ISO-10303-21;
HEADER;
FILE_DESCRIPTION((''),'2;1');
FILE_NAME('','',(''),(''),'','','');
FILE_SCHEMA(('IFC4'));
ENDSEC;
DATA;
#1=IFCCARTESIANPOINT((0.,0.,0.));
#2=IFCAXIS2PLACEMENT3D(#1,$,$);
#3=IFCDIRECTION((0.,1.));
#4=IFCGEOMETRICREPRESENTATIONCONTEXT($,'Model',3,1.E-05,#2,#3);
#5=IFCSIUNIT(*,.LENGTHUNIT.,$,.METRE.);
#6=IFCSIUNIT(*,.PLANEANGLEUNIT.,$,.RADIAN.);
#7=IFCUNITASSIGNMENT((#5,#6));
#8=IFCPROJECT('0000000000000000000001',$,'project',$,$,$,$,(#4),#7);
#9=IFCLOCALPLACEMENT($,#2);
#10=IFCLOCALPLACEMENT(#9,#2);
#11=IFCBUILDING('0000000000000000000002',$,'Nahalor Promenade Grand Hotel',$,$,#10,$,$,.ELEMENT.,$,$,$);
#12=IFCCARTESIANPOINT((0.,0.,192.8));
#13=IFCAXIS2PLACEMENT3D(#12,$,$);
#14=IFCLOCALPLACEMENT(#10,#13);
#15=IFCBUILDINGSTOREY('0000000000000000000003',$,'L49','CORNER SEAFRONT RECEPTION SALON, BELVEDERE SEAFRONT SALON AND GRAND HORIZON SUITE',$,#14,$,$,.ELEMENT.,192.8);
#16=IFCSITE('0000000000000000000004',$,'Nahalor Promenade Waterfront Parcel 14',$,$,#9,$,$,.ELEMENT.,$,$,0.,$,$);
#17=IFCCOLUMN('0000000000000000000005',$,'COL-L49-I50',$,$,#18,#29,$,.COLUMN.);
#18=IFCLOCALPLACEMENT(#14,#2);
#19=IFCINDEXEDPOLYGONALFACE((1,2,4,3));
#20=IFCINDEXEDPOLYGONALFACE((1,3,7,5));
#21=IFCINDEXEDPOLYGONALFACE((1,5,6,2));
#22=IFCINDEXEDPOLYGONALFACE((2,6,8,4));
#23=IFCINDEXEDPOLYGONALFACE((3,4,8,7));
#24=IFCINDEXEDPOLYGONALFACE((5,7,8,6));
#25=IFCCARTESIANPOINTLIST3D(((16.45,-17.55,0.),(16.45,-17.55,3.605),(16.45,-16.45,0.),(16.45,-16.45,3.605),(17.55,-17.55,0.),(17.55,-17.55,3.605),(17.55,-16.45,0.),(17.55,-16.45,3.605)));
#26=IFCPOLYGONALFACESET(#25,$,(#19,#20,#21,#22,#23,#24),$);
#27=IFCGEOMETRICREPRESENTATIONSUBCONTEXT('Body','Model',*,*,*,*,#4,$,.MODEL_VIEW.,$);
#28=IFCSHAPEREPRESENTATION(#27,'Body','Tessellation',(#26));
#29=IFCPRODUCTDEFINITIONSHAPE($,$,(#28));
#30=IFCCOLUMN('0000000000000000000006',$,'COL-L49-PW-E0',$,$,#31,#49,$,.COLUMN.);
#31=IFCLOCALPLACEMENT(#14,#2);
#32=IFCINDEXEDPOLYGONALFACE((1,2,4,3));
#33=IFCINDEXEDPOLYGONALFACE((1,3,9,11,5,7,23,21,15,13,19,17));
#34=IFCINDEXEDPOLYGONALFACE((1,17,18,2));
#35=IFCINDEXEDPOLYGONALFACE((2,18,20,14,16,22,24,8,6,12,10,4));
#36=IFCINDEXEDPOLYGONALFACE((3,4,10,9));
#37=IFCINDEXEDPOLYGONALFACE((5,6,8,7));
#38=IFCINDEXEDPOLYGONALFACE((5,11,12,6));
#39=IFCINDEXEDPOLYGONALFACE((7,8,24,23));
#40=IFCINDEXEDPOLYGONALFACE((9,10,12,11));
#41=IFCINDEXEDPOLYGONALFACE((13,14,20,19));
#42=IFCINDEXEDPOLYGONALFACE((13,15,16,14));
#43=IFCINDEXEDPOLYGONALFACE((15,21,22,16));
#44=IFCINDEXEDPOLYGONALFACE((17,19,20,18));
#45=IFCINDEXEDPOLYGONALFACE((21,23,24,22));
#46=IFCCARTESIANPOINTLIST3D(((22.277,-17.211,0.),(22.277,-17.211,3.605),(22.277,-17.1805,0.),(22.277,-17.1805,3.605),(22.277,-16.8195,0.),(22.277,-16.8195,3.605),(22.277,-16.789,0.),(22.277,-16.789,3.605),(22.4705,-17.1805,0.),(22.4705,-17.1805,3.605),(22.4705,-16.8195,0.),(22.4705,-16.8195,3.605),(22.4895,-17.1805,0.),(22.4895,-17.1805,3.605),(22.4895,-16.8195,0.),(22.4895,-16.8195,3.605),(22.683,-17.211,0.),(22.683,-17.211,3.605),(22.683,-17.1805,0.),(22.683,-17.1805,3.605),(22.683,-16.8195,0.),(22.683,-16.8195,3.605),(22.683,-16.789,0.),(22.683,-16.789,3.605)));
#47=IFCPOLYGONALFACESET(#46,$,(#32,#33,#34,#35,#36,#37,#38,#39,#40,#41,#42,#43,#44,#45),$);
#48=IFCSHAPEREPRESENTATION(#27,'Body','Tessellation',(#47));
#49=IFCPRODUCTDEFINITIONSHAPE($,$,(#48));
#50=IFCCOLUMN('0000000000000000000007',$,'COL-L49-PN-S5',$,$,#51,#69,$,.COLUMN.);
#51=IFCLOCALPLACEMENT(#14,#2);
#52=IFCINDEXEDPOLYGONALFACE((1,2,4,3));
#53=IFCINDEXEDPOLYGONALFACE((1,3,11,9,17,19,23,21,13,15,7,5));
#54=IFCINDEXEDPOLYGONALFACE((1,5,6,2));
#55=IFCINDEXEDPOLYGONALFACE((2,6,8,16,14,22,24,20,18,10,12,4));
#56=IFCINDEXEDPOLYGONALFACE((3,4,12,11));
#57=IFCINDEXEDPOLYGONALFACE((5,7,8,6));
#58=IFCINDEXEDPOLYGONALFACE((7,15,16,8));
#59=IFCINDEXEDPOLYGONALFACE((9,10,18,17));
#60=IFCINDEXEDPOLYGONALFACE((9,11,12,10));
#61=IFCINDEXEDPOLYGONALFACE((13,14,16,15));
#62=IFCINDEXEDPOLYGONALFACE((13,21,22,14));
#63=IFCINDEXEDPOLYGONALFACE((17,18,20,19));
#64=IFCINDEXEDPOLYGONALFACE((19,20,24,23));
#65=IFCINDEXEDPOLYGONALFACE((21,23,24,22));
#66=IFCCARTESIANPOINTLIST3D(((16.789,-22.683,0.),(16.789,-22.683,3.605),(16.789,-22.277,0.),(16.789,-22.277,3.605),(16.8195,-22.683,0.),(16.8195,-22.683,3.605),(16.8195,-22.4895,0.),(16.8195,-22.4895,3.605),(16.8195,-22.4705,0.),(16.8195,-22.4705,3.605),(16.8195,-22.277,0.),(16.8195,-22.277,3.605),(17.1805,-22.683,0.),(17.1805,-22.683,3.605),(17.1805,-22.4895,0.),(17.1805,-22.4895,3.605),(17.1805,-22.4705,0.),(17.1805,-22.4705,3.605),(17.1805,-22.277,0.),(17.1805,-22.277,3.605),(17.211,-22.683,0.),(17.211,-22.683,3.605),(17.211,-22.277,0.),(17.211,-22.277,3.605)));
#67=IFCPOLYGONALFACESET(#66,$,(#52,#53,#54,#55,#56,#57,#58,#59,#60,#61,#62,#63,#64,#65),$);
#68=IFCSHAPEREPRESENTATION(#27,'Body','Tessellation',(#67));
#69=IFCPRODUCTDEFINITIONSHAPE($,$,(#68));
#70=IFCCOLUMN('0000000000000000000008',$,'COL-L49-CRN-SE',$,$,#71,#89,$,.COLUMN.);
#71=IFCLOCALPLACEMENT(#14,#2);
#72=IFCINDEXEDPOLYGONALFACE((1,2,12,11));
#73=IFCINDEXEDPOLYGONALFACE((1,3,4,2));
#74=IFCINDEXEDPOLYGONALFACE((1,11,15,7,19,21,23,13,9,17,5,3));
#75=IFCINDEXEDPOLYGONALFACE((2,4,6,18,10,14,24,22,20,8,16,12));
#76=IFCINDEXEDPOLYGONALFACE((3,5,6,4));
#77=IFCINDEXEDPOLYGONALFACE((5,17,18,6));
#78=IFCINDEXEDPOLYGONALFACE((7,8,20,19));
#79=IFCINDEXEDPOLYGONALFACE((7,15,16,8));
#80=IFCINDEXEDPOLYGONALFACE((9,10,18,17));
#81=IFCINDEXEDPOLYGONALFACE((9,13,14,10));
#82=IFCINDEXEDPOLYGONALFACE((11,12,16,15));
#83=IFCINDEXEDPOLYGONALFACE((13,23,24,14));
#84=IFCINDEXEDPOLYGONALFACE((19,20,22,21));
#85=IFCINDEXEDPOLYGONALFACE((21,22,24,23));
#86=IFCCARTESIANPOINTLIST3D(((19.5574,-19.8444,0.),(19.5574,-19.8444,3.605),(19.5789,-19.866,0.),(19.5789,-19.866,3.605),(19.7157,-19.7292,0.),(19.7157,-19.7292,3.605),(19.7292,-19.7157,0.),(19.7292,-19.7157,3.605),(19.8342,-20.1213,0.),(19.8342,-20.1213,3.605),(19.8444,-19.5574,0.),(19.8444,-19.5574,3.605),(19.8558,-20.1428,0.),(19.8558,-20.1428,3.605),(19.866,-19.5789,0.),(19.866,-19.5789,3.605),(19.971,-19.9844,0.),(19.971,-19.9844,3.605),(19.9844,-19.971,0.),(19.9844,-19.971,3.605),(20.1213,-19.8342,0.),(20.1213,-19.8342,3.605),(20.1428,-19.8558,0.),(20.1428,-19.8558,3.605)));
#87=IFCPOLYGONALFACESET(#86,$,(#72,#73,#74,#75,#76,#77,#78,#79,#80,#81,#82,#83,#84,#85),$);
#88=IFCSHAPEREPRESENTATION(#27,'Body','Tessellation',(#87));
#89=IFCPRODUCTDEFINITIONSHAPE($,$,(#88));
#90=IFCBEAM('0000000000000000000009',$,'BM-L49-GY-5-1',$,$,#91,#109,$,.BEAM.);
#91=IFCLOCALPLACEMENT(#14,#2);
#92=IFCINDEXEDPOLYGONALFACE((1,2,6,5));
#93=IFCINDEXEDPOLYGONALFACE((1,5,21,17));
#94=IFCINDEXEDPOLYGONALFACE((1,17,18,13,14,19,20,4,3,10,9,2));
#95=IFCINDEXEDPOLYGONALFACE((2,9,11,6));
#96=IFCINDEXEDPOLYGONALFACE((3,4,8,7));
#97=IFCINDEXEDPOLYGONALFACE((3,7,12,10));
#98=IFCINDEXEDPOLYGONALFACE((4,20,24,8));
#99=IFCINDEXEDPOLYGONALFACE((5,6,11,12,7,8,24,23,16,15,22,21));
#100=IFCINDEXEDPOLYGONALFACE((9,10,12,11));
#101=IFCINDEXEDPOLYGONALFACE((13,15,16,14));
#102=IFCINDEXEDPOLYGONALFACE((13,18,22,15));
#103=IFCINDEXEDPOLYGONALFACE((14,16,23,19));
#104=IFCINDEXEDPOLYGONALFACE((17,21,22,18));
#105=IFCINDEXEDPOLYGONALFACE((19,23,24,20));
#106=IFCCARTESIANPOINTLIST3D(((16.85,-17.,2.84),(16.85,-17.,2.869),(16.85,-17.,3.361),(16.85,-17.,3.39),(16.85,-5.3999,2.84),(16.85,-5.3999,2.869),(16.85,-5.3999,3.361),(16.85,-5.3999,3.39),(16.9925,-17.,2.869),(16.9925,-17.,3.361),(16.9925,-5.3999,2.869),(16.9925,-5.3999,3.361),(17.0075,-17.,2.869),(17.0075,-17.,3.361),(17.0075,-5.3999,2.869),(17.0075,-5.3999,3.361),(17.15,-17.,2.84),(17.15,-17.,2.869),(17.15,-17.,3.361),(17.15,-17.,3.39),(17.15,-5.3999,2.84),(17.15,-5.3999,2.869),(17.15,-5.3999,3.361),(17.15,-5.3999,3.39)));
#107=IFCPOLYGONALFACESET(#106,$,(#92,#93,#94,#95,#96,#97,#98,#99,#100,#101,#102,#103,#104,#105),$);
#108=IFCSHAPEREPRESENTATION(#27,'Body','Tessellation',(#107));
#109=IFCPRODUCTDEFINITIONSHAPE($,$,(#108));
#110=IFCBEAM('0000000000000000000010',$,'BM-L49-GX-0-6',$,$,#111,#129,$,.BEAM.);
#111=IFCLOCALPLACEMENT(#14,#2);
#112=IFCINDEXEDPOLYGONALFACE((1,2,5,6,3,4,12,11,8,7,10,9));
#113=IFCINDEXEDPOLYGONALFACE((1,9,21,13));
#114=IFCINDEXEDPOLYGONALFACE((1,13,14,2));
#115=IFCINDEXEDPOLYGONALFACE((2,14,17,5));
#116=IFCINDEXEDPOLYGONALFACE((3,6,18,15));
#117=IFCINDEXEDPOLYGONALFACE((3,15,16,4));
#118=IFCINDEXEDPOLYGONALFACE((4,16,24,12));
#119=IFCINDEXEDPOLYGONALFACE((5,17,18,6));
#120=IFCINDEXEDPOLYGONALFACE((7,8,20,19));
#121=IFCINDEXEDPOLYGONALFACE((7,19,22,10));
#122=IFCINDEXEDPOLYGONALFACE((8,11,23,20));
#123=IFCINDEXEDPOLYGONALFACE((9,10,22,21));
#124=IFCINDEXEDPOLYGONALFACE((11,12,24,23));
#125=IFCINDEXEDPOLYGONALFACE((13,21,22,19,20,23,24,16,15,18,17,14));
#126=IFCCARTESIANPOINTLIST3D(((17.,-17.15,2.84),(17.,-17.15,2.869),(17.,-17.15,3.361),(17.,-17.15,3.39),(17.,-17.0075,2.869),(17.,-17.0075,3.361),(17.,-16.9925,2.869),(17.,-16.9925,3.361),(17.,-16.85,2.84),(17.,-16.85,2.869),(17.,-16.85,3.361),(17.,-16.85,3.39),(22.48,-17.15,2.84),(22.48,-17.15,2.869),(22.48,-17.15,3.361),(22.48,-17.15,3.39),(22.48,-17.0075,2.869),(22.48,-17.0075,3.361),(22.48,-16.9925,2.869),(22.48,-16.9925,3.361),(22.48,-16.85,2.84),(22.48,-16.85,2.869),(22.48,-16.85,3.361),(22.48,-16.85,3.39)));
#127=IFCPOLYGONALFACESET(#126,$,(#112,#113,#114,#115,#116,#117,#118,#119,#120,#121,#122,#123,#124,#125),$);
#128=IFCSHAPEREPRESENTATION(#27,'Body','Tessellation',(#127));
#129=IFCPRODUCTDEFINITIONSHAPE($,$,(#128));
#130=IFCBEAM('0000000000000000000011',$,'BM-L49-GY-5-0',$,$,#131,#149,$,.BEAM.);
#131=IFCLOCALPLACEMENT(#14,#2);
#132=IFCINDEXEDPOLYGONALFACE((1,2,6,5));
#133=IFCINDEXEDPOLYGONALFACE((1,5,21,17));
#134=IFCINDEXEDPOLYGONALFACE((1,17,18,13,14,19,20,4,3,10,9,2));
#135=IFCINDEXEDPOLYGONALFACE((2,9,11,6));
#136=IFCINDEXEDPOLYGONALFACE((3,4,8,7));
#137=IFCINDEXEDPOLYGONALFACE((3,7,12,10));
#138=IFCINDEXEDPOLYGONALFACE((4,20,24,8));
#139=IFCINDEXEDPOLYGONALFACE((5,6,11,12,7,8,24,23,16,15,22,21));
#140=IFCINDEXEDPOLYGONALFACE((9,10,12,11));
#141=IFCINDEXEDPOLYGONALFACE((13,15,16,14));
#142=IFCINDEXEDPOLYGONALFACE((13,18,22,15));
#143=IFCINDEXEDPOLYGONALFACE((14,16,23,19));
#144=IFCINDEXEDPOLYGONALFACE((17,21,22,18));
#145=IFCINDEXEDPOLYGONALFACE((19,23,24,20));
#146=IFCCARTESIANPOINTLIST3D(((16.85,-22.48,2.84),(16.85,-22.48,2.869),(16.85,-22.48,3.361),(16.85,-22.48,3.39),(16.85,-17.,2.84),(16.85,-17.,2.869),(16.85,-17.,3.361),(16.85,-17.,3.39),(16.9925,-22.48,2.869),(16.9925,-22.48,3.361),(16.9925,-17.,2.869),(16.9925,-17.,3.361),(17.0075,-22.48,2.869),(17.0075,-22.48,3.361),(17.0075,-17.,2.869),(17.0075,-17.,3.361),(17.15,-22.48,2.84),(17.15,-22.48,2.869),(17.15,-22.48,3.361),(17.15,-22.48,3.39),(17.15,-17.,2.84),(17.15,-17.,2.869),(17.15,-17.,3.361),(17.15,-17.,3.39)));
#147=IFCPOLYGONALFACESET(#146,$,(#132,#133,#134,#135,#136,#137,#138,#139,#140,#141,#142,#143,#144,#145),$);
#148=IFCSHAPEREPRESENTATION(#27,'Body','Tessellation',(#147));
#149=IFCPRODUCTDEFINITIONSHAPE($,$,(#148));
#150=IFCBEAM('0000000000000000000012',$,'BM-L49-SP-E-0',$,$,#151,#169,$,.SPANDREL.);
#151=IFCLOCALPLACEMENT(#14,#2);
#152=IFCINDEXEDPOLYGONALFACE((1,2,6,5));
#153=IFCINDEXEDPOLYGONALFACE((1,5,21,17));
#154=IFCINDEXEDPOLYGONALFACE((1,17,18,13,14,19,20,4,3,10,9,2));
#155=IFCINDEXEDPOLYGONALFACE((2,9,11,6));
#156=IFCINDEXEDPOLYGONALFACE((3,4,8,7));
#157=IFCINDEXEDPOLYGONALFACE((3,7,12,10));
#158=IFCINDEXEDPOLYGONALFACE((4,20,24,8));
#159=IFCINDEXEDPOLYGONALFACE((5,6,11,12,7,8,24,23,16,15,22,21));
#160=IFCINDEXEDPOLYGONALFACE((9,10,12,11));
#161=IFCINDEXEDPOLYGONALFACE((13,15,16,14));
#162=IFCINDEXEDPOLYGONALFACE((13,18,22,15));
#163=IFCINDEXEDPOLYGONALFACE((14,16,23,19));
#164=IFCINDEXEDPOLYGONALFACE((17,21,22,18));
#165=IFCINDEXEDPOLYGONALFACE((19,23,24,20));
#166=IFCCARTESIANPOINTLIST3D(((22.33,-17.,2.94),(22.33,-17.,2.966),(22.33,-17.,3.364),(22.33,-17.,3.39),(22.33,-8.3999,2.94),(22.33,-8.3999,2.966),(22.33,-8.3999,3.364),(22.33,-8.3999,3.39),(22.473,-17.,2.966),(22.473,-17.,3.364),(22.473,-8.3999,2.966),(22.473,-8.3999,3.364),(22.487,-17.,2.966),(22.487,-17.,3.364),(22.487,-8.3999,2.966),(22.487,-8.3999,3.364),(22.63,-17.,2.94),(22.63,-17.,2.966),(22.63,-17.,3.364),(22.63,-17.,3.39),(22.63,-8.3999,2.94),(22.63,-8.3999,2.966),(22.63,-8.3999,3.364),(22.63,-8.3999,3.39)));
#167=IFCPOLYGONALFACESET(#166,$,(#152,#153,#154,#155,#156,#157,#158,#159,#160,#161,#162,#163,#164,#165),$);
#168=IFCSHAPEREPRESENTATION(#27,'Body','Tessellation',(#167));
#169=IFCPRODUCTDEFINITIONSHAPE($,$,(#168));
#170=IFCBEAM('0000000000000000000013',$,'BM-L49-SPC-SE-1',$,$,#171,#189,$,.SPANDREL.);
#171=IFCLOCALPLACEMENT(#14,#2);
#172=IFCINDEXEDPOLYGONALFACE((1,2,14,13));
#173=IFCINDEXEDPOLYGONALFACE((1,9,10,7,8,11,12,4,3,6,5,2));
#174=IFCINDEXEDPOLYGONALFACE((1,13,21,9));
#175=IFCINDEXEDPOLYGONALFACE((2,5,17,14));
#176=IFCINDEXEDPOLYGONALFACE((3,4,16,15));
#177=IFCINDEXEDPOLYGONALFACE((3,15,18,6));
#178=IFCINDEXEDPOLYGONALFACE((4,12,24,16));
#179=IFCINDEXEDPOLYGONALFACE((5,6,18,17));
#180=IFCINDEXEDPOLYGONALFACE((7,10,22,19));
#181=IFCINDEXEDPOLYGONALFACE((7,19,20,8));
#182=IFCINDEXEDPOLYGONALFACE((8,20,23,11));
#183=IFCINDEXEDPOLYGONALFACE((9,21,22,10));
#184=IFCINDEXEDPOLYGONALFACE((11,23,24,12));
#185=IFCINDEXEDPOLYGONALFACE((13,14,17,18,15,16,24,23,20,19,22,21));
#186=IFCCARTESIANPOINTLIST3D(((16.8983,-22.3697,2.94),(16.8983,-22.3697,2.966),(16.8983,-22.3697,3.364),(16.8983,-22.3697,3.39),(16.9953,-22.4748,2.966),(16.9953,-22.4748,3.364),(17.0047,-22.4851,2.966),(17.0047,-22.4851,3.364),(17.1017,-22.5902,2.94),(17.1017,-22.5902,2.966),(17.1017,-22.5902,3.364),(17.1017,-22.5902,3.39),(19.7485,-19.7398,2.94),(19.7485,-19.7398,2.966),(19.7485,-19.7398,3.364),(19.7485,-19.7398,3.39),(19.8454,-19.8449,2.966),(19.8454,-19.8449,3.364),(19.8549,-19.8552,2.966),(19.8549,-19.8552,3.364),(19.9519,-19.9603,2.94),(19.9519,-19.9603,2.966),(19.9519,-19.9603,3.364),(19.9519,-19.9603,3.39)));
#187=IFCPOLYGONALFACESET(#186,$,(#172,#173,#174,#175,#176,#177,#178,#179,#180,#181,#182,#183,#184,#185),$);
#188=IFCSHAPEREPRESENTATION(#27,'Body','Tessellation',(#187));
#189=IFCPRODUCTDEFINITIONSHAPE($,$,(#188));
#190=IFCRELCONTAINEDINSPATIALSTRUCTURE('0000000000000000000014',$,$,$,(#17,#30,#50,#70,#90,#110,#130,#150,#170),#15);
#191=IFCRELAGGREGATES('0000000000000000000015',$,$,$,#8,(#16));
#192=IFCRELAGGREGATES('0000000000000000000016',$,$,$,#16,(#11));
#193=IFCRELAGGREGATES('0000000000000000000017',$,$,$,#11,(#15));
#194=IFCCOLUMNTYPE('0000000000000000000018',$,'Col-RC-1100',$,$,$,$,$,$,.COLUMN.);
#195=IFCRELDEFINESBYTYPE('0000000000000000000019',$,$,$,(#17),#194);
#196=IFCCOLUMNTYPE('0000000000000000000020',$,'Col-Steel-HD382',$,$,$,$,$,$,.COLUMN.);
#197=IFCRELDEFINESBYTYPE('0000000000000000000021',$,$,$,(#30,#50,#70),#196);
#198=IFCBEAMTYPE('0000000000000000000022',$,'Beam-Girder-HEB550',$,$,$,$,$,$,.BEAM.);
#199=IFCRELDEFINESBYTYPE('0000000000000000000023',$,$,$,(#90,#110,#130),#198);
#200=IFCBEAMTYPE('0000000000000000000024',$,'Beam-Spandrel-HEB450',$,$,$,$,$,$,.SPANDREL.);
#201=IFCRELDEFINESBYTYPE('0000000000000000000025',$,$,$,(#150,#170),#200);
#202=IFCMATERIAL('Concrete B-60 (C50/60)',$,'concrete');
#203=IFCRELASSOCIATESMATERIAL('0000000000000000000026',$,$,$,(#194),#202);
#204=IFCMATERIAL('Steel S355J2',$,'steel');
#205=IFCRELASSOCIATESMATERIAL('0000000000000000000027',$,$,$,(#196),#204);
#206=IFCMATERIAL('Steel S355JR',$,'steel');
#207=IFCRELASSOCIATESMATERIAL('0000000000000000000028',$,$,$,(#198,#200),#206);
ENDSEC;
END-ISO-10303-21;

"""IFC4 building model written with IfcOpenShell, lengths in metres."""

from ifc_helpers import new_model, si_unit, direction, frame, origin, origin_2d, place, context, subcontext, project, spatial, rectangle, i_section, extrude, source, transform, mapped, material, material_profile, profile_set, type_object, element, save


model = new_model("IFC4")

# Units and contexts
model_context = context("Model", 3, precision=1e-05, world=origin(), true_north=direction((0.0, 1.0)))
body_context = subcontext(model_context, "Body", "Model", "MODEL_VIEW")
ifc_project = project(units=[si_unit("LENGTHUNIT", "METRE"), si_unit("PLANEANGLEUNIT", "RADIAN")], contexts=[model_context])

# Site, building, storey
site_placement = place(None, origin())
site = spatial("IfcSite", under=ifc_project, at=site_placement, Name="Nahalor Promenade Waterfront Parcel 14", CompositionType="ELEMENT", RefElevation=0.0)
building_placement = place(site_placement, origin())
building = spatial("IfcBuilding", under=site, at=building_placement, Name="Nahalor Promenade Grand Hotel", CompositionType="ELEMENT")
storey_placement = place(building_placement, frame((0.0, 0.0, 192.8)))
storey = spatial("IfcBuildingStorey", under=building, at=storey_placement, Name="L49", Description="CORNER SEAFRONT RECEPTION SALON, BELVEDERE SEAFRONT SALON AND GRAND HORIZON SUITE", CompositionType="ELEMENT", Elevation=192.8)

# Columns
ifc_material_1 = material(Name="Concrete B-60 (C50/60)", Category="concrete")
ifc_material_profile_1 = material_profile(ifc_material_1, rectangle(XDim=1.1, YDim=1.1, at=origin_2d()), Name="RC 1100x1100")
ifc_profile_set_1 = profile_set([ifc_material_profile_1], Name="Concrete B-60 (C50/60)")
column_type_1 = type_object("IfcColumnType", Name="Col-RC-1100", PredefinedType="COLUMN", material=ifc_profile_set_1)
shared_shape_1 = source(origin(), body_context, "Body", "SweptSolid", [
    extrude(rectangle(XDim=1.1, YDim=1.1, at=origin_2d()), origin(), (0.0, 0.0, 1.0), 3.605),
])
column_placement = place(storey_placement, frame((17.0, -17.0, 0.0), z_axis=(0.0, 0.0, 1.0), x_axis=(1.0, 0.0, 0.0)))
element("IfcColumn", 1, at=column_placement, inside=storey, type_object=column_type_1, Name="COL-L49-I50", PredefinedType="COLUMN", context=body_context, shape_type="MappedRepresentation", body=[
    mapped(shared_shape_1, transform((0.0, 0.0, 0.0), scale=1.0)),
])
ifc_material_2 = material(Name="Steel S355J2", Category="steel")
ifc_material_profile_2 = material_profile(ifc_material_2, i_section(OverallWidth=0.406, OverallDepth=0.422, WebThickness=0.019, FlangeThickness=0.0305, at=origin_2d()), Name="HD 400x382")
ifc_profile_set_2 = profile_set([ifc_material_profile_2], Name="Steel S355J2")
column_type_2 = type_object("IfcColumnType", Name="Col-Steel-HD382", PredefinedType="COLUMN", material=ifc_profile_set_2)
shared_shape_2 = source(origin(), body_context, "Body", "SweptSolid", [
    extrude(i_section(OverallWidth=0.406, OverallDepth=0.422, WebThickness=0.019, FlangeThickness=0.0305, at=origin_2d()), origin(), (0.0, 0.0, 1.0), 3.605),
])
for number, where, z_axis, x_axis, name in (
    (2, (22.48, -17.0, 0.0), (0.0, 0.0, 1.0), (1.0, 0.0, 0.0), "COL-L49-PW-E0"),
    (3, (17.0, -22.48, 0.0), (0.0, 0.0, 1.0), (0.0, 1.0, 0.0), "COL-L49-PN-S5"),
    (4, (19.8501, -19.8501, 0.0), (0.0, 0.0, 1.0), (0.707107, 0.707107, 0.0), "COL-L49-CRN-SE"),
):
    element("IfcColumn", number, at=place(storey_placement, frame(where, z_axis=z_axis, x_axis=x_axis)), inside=storey, type_object=column_type_2, Name=name, PredefinedType="COLUMN", context=body_context, shape_type="MappedRepresentation", body=[
        mapped(shared_shape_2, transform((0.0, 0.0, 0.0), scale=1.0)),
    ])

# Beams
ifc_material_3 = material(Name="Steel S355JR", Category="steel")
ifc_material_profile_3 = material_profile(ifc_material_3, i_section(OverallWidth=0.3, OverallDepth=0.55, WebThickness=0.015, FlangeThickness=0.029, at=origin_2d()), Name="HEB 550")
ifc_profile_set_3 = profile_set([ifc_material_profile_3], Name="Steel S355JR")
beam_type_1 = type_object("IfcBeamType", Name="Beam-Girder-HEB550", PredefinedType="BEAM", material=ifc_profile_set_3)
shared_shape_3 = source(origin(), body_context, "Body", "SweptSolid", [
    extrude(i_section(OverallWidth=0.3, OverallDepth=0.55, WebThickness=0.015, FlangeThickness=0.029, at=origin_2d()), origin(), (0.0, 0.0, 1.0), 11.6001),
])
beam_1_placement = place(storey_placement, frame((17.0, -17.0, 3.115), z_axis=(0.0, 1.0, 0.0), x_axis=(-1.0, 0.0, 0.0)))
element("IfcBeam", 5, at=beam_1_placement, inside=storey, type_object=beam_type_1, Name="BM-L49-GY-5-1", PredefinedType="BEAM", context=body_context, shape_type="MappedRepresentation", body=[
    mapped(shared_shape_3, transform((0.0, 0.0, 0.0), scale=1.0)),
])
shared_shape_4 = source(origin(), body_context, "Body", "SweptSolid", [
    extrude(i_section(OverallWidth=0.3, OverallDepth=0.55, WebThickness=0.015, FlangeThickness=0.029, at=origin_2d()), origin(), (0.0, 0.0, 1.0), 5.48),
])
for number, where, z_axis, x_axis, name in (
    (6, (17.0, -17.0, 3.115), (1.0, 0.0, 0.0), (0.0, 1.0, 0.0), "BM-L49-GX-0-6"),
    (7, (17.0, -22.48, 3.115), (0.0, 1.0, 0.0), (-1.0, 0.0, 0.0), "BM-L49-GY-5-0"),
):
    element("IfcBeam", number, at=place(storey_placement, frame(where, z_axis=z_axis, x_axis=x_axis)), inside=storey, type_object=beam_type_1, Name=name, PredefinedType="BEAM", context=body_context, shape_type="MappedRepresentation", body=[
        mapped(shared_shape_4, transform((0.0, 0.0, 0.0), scale=1.0)),
    ])
ifc_material_profile_4 = material_profile(ifc_material_3, i_section(OverallWidth=0.3, OverallDepth=0.45, WebThickness=0.014, FlangeThickness=0.026, at=origin_2d()), Name="HEB 450")
ifc_profile_set_4 = profile_set([ifc_material_profile_4], Name="Steel S355JR")
beam_type_2 = type_object("IfcBeamType", Name="Beam-Spandrel-HEB450", PredefinedType="SPANDREL", material=ifc_profile_set_4)
shared_shape_5 = source(origin(), body_context, "Body", "SweptSolid", [
    extrude(i_section(OverallWidth=0.3, OverallDepth=0.45, WebThickness=0.014, FlangeThickness=0.026, at=origin_2d()), origin(), (0.0, 0.0, 1.0), 8.6001),
])
beam_2_placement = place(storey_placement, frame((22.48, -17.0, 3.165), z_axis=(0.0, 1.0, 0.0), x_axis=(-1.0, 0.0, 0.0)))
element("IfcBeam", 8, at=beam_2_placement, inside=storey, type_object=beam_type_2, Name="BM-L49-SP-E-0", PredefinedType="SPANDREL", context=body_context, shape_type="MappedRepresentation", body=[
    mapped(shared_shape_5, transform((0.0, 0.0, 0.0), scale=1.0)),
])
shared_shape_6 = source(origin(), body_context, "Body", "SweptSolid", [
    extrude(i_section(OverallWidth=0.3, OverallDepth=0.45, WebThickness=0.014, FlangeThickness=0.026, at=origin_2d()), origin(), (0.0, 0.0, 1.0), 3.8782),
])
for number, where, z_axis, x_axis, name in (
    (9, (17.0, -22.48, 3.165), (0.734929, 0.678144, 0.0), (-0.678144, 0.734929, 0.0), "BM-L49-SPC-SE-1"),
):
    element("IfcBeam", number, at=place(storey_placement, frame(where, z_axis=z_axis, x_axis=x_axis)), inside=storey, type_object=beam_type_2, Name=name, PredefinedType="SPANDREL", context=body_context, shape_type="MappedRepresentation", body=[
        mapped(shared_shape_6, transform((0.0, 0.0, 0.0), scale=1.0)),
    ])

save(model, "model.ifc")
